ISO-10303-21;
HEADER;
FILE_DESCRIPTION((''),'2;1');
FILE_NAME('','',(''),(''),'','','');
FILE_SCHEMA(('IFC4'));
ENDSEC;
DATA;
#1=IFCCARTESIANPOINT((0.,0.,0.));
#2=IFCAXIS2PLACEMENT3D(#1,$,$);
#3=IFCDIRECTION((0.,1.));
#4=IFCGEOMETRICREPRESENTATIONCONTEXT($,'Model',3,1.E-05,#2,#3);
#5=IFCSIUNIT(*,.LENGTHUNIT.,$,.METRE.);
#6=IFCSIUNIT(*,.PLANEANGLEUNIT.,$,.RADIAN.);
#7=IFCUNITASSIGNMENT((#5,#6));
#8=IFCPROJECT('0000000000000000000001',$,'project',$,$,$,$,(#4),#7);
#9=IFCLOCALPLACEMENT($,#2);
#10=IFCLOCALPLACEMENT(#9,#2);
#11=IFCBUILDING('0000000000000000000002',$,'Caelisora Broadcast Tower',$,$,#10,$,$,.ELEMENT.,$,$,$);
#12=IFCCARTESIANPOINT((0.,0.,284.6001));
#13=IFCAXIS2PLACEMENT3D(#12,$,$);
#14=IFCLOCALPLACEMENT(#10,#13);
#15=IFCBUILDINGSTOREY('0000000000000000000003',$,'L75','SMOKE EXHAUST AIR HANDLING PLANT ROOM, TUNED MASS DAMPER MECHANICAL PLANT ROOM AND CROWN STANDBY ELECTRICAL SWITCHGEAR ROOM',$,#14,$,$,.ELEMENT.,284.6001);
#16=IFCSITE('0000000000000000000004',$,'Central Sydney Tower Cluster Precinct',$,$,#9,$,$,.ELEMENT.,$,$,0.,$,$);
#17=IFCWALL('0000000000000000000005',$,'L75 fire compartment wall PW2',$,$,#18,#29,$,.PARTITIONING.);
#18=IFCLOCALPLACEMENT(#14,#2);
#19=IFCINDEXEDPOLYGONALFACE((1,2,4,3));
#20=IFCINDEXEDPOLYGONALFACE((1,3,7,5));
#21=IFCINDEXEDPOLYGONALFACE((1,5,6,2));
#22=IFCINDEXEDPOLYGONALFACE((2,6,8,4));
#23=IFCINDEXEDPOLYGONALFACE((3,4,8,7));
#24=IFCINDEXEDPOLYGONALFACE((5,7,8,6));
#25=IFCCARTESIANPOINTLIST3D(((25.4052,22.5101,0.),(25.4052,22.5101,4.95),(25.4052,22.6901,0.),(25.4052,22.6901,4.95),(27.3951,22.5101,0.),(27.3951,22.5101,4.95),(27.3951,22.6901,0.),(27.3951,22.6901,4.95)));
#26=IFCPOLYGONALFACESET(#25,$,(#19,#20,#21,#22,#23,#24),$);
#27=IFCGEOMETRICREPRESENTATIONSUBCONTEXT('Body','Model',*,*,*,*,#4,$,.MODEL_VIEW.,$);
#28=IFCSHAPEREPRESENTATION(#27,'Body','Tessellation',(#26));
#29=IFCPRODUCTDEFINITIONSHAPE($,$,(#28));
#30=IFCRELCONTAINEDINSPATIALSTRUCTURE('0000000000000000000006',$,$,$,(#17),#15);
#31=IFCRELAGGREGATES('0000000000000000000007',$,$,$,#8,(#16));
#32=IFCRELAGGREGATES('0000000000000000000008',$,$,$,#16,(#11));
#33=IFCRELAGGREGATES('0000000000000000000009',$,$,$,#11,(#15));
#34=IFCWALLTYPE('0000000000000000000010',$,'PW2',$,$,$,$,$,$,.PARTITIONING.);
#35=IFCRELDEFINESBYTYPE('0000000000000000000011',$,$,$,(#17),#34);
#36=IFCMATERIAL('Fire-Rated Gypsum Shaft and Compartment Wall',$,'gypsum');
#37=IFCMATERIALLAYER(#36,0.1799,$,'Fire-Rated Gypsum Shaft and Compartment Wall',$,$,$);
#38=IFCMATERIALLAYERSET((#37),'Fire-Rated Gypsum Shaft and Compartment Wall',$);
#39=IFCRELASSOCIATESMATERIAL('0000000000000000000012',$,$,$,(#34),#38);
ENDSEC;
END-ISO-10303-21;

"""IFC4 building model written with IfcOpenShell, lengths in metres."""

from ifc_helpers import new_model, si_unit, direction, frame, frame_2d, origin, place, context, subcontext, project, spatial, rectangle, extrude, material, layer, layer_set, type_object, element, save


model = new_model("IFC4")

# Units and contexts
model_context = context("Model", 3, precision=1e-05, world=origin(), true_north=direction((0.0, 1.0)))
body_context = subcontext(model_context, "Body", "Model", "MODEL_VIEW")
ifc_project = project(units=[si_unit("LENGTHUNIT", "METRE"), si_unit("PLANEANGLEUNIT", "RADIAN")], contexts=[model_context])

# Site, building, storey
site_placement = place(None, origin())
site = spatial("IfcSite", under=ifc_project, at=site_placement, Name="Central Sydney Tower Cluster Precinct", CompositionType="ELEMENT", RefElevation=0.0)
building_placement = place(site_placement, origin())
building = spatial("IfcBuilding", under=site, at=building_placement, Name="Caelisora Broadcast Tower", CompositionType="ELEMENT")
storey_placement = place(building_placement, frame((0.0, 0.0, 284.6001)))
storey = spatial("IfcBuildingStorey", under=building, at=storey_placement, Name="L75", Description="SMOKE EXHAUST AIR HANDLING PLANT ROOM, TUNED MASS DAMPER MECHANICAL PLANT ROOM AND CROWN STANDBY ELECTRICAL SWITCHGEAR ROOM", CompositionType="ELEMENT", Elevation=284.6001)

# Wall
ifc_material_1 = material(Name="Fire-Rated Gypsum Shaft and Compartment Wall", Category="gypsum")
ifc_layer_1 = layer(ifc_material_1, 0.1799, Name="Fire-Rated Gypsum Shaft and Compartment Wall")
ifc_layer_set_1 = layer_set([ifc_layer_1], Name="Fire-Rated Gypsum Shaft and Compartment Wall")
wall_type = type_object("IfcWallType", Name="PW2", PredefinedType="PARTITIONING", material=ifc_layer_set_1)
wall_placement = place(storey_placement, frame((25.405, 22.6001, 0.0), z_axis=(0.0, 0.0, 1.0), x_axis=(1.0, 0.0, 0.0)))
element("IfcWall", 1, at=wall_placement, inside=storey, type_object=wall_type, Name="L75 fire compartment wall PW2", PredefinedType="PARTITIONING", context=body_context, shape_type="SweptSolid", body=[
    extrude(rectangle(XDim=1.99, YDim=0.1799, at=frame_2d((0.9951, 0.0))), origin(), (0.0, 0.0, 1.0), 4.95),
])

save(model, "model.ifc")
